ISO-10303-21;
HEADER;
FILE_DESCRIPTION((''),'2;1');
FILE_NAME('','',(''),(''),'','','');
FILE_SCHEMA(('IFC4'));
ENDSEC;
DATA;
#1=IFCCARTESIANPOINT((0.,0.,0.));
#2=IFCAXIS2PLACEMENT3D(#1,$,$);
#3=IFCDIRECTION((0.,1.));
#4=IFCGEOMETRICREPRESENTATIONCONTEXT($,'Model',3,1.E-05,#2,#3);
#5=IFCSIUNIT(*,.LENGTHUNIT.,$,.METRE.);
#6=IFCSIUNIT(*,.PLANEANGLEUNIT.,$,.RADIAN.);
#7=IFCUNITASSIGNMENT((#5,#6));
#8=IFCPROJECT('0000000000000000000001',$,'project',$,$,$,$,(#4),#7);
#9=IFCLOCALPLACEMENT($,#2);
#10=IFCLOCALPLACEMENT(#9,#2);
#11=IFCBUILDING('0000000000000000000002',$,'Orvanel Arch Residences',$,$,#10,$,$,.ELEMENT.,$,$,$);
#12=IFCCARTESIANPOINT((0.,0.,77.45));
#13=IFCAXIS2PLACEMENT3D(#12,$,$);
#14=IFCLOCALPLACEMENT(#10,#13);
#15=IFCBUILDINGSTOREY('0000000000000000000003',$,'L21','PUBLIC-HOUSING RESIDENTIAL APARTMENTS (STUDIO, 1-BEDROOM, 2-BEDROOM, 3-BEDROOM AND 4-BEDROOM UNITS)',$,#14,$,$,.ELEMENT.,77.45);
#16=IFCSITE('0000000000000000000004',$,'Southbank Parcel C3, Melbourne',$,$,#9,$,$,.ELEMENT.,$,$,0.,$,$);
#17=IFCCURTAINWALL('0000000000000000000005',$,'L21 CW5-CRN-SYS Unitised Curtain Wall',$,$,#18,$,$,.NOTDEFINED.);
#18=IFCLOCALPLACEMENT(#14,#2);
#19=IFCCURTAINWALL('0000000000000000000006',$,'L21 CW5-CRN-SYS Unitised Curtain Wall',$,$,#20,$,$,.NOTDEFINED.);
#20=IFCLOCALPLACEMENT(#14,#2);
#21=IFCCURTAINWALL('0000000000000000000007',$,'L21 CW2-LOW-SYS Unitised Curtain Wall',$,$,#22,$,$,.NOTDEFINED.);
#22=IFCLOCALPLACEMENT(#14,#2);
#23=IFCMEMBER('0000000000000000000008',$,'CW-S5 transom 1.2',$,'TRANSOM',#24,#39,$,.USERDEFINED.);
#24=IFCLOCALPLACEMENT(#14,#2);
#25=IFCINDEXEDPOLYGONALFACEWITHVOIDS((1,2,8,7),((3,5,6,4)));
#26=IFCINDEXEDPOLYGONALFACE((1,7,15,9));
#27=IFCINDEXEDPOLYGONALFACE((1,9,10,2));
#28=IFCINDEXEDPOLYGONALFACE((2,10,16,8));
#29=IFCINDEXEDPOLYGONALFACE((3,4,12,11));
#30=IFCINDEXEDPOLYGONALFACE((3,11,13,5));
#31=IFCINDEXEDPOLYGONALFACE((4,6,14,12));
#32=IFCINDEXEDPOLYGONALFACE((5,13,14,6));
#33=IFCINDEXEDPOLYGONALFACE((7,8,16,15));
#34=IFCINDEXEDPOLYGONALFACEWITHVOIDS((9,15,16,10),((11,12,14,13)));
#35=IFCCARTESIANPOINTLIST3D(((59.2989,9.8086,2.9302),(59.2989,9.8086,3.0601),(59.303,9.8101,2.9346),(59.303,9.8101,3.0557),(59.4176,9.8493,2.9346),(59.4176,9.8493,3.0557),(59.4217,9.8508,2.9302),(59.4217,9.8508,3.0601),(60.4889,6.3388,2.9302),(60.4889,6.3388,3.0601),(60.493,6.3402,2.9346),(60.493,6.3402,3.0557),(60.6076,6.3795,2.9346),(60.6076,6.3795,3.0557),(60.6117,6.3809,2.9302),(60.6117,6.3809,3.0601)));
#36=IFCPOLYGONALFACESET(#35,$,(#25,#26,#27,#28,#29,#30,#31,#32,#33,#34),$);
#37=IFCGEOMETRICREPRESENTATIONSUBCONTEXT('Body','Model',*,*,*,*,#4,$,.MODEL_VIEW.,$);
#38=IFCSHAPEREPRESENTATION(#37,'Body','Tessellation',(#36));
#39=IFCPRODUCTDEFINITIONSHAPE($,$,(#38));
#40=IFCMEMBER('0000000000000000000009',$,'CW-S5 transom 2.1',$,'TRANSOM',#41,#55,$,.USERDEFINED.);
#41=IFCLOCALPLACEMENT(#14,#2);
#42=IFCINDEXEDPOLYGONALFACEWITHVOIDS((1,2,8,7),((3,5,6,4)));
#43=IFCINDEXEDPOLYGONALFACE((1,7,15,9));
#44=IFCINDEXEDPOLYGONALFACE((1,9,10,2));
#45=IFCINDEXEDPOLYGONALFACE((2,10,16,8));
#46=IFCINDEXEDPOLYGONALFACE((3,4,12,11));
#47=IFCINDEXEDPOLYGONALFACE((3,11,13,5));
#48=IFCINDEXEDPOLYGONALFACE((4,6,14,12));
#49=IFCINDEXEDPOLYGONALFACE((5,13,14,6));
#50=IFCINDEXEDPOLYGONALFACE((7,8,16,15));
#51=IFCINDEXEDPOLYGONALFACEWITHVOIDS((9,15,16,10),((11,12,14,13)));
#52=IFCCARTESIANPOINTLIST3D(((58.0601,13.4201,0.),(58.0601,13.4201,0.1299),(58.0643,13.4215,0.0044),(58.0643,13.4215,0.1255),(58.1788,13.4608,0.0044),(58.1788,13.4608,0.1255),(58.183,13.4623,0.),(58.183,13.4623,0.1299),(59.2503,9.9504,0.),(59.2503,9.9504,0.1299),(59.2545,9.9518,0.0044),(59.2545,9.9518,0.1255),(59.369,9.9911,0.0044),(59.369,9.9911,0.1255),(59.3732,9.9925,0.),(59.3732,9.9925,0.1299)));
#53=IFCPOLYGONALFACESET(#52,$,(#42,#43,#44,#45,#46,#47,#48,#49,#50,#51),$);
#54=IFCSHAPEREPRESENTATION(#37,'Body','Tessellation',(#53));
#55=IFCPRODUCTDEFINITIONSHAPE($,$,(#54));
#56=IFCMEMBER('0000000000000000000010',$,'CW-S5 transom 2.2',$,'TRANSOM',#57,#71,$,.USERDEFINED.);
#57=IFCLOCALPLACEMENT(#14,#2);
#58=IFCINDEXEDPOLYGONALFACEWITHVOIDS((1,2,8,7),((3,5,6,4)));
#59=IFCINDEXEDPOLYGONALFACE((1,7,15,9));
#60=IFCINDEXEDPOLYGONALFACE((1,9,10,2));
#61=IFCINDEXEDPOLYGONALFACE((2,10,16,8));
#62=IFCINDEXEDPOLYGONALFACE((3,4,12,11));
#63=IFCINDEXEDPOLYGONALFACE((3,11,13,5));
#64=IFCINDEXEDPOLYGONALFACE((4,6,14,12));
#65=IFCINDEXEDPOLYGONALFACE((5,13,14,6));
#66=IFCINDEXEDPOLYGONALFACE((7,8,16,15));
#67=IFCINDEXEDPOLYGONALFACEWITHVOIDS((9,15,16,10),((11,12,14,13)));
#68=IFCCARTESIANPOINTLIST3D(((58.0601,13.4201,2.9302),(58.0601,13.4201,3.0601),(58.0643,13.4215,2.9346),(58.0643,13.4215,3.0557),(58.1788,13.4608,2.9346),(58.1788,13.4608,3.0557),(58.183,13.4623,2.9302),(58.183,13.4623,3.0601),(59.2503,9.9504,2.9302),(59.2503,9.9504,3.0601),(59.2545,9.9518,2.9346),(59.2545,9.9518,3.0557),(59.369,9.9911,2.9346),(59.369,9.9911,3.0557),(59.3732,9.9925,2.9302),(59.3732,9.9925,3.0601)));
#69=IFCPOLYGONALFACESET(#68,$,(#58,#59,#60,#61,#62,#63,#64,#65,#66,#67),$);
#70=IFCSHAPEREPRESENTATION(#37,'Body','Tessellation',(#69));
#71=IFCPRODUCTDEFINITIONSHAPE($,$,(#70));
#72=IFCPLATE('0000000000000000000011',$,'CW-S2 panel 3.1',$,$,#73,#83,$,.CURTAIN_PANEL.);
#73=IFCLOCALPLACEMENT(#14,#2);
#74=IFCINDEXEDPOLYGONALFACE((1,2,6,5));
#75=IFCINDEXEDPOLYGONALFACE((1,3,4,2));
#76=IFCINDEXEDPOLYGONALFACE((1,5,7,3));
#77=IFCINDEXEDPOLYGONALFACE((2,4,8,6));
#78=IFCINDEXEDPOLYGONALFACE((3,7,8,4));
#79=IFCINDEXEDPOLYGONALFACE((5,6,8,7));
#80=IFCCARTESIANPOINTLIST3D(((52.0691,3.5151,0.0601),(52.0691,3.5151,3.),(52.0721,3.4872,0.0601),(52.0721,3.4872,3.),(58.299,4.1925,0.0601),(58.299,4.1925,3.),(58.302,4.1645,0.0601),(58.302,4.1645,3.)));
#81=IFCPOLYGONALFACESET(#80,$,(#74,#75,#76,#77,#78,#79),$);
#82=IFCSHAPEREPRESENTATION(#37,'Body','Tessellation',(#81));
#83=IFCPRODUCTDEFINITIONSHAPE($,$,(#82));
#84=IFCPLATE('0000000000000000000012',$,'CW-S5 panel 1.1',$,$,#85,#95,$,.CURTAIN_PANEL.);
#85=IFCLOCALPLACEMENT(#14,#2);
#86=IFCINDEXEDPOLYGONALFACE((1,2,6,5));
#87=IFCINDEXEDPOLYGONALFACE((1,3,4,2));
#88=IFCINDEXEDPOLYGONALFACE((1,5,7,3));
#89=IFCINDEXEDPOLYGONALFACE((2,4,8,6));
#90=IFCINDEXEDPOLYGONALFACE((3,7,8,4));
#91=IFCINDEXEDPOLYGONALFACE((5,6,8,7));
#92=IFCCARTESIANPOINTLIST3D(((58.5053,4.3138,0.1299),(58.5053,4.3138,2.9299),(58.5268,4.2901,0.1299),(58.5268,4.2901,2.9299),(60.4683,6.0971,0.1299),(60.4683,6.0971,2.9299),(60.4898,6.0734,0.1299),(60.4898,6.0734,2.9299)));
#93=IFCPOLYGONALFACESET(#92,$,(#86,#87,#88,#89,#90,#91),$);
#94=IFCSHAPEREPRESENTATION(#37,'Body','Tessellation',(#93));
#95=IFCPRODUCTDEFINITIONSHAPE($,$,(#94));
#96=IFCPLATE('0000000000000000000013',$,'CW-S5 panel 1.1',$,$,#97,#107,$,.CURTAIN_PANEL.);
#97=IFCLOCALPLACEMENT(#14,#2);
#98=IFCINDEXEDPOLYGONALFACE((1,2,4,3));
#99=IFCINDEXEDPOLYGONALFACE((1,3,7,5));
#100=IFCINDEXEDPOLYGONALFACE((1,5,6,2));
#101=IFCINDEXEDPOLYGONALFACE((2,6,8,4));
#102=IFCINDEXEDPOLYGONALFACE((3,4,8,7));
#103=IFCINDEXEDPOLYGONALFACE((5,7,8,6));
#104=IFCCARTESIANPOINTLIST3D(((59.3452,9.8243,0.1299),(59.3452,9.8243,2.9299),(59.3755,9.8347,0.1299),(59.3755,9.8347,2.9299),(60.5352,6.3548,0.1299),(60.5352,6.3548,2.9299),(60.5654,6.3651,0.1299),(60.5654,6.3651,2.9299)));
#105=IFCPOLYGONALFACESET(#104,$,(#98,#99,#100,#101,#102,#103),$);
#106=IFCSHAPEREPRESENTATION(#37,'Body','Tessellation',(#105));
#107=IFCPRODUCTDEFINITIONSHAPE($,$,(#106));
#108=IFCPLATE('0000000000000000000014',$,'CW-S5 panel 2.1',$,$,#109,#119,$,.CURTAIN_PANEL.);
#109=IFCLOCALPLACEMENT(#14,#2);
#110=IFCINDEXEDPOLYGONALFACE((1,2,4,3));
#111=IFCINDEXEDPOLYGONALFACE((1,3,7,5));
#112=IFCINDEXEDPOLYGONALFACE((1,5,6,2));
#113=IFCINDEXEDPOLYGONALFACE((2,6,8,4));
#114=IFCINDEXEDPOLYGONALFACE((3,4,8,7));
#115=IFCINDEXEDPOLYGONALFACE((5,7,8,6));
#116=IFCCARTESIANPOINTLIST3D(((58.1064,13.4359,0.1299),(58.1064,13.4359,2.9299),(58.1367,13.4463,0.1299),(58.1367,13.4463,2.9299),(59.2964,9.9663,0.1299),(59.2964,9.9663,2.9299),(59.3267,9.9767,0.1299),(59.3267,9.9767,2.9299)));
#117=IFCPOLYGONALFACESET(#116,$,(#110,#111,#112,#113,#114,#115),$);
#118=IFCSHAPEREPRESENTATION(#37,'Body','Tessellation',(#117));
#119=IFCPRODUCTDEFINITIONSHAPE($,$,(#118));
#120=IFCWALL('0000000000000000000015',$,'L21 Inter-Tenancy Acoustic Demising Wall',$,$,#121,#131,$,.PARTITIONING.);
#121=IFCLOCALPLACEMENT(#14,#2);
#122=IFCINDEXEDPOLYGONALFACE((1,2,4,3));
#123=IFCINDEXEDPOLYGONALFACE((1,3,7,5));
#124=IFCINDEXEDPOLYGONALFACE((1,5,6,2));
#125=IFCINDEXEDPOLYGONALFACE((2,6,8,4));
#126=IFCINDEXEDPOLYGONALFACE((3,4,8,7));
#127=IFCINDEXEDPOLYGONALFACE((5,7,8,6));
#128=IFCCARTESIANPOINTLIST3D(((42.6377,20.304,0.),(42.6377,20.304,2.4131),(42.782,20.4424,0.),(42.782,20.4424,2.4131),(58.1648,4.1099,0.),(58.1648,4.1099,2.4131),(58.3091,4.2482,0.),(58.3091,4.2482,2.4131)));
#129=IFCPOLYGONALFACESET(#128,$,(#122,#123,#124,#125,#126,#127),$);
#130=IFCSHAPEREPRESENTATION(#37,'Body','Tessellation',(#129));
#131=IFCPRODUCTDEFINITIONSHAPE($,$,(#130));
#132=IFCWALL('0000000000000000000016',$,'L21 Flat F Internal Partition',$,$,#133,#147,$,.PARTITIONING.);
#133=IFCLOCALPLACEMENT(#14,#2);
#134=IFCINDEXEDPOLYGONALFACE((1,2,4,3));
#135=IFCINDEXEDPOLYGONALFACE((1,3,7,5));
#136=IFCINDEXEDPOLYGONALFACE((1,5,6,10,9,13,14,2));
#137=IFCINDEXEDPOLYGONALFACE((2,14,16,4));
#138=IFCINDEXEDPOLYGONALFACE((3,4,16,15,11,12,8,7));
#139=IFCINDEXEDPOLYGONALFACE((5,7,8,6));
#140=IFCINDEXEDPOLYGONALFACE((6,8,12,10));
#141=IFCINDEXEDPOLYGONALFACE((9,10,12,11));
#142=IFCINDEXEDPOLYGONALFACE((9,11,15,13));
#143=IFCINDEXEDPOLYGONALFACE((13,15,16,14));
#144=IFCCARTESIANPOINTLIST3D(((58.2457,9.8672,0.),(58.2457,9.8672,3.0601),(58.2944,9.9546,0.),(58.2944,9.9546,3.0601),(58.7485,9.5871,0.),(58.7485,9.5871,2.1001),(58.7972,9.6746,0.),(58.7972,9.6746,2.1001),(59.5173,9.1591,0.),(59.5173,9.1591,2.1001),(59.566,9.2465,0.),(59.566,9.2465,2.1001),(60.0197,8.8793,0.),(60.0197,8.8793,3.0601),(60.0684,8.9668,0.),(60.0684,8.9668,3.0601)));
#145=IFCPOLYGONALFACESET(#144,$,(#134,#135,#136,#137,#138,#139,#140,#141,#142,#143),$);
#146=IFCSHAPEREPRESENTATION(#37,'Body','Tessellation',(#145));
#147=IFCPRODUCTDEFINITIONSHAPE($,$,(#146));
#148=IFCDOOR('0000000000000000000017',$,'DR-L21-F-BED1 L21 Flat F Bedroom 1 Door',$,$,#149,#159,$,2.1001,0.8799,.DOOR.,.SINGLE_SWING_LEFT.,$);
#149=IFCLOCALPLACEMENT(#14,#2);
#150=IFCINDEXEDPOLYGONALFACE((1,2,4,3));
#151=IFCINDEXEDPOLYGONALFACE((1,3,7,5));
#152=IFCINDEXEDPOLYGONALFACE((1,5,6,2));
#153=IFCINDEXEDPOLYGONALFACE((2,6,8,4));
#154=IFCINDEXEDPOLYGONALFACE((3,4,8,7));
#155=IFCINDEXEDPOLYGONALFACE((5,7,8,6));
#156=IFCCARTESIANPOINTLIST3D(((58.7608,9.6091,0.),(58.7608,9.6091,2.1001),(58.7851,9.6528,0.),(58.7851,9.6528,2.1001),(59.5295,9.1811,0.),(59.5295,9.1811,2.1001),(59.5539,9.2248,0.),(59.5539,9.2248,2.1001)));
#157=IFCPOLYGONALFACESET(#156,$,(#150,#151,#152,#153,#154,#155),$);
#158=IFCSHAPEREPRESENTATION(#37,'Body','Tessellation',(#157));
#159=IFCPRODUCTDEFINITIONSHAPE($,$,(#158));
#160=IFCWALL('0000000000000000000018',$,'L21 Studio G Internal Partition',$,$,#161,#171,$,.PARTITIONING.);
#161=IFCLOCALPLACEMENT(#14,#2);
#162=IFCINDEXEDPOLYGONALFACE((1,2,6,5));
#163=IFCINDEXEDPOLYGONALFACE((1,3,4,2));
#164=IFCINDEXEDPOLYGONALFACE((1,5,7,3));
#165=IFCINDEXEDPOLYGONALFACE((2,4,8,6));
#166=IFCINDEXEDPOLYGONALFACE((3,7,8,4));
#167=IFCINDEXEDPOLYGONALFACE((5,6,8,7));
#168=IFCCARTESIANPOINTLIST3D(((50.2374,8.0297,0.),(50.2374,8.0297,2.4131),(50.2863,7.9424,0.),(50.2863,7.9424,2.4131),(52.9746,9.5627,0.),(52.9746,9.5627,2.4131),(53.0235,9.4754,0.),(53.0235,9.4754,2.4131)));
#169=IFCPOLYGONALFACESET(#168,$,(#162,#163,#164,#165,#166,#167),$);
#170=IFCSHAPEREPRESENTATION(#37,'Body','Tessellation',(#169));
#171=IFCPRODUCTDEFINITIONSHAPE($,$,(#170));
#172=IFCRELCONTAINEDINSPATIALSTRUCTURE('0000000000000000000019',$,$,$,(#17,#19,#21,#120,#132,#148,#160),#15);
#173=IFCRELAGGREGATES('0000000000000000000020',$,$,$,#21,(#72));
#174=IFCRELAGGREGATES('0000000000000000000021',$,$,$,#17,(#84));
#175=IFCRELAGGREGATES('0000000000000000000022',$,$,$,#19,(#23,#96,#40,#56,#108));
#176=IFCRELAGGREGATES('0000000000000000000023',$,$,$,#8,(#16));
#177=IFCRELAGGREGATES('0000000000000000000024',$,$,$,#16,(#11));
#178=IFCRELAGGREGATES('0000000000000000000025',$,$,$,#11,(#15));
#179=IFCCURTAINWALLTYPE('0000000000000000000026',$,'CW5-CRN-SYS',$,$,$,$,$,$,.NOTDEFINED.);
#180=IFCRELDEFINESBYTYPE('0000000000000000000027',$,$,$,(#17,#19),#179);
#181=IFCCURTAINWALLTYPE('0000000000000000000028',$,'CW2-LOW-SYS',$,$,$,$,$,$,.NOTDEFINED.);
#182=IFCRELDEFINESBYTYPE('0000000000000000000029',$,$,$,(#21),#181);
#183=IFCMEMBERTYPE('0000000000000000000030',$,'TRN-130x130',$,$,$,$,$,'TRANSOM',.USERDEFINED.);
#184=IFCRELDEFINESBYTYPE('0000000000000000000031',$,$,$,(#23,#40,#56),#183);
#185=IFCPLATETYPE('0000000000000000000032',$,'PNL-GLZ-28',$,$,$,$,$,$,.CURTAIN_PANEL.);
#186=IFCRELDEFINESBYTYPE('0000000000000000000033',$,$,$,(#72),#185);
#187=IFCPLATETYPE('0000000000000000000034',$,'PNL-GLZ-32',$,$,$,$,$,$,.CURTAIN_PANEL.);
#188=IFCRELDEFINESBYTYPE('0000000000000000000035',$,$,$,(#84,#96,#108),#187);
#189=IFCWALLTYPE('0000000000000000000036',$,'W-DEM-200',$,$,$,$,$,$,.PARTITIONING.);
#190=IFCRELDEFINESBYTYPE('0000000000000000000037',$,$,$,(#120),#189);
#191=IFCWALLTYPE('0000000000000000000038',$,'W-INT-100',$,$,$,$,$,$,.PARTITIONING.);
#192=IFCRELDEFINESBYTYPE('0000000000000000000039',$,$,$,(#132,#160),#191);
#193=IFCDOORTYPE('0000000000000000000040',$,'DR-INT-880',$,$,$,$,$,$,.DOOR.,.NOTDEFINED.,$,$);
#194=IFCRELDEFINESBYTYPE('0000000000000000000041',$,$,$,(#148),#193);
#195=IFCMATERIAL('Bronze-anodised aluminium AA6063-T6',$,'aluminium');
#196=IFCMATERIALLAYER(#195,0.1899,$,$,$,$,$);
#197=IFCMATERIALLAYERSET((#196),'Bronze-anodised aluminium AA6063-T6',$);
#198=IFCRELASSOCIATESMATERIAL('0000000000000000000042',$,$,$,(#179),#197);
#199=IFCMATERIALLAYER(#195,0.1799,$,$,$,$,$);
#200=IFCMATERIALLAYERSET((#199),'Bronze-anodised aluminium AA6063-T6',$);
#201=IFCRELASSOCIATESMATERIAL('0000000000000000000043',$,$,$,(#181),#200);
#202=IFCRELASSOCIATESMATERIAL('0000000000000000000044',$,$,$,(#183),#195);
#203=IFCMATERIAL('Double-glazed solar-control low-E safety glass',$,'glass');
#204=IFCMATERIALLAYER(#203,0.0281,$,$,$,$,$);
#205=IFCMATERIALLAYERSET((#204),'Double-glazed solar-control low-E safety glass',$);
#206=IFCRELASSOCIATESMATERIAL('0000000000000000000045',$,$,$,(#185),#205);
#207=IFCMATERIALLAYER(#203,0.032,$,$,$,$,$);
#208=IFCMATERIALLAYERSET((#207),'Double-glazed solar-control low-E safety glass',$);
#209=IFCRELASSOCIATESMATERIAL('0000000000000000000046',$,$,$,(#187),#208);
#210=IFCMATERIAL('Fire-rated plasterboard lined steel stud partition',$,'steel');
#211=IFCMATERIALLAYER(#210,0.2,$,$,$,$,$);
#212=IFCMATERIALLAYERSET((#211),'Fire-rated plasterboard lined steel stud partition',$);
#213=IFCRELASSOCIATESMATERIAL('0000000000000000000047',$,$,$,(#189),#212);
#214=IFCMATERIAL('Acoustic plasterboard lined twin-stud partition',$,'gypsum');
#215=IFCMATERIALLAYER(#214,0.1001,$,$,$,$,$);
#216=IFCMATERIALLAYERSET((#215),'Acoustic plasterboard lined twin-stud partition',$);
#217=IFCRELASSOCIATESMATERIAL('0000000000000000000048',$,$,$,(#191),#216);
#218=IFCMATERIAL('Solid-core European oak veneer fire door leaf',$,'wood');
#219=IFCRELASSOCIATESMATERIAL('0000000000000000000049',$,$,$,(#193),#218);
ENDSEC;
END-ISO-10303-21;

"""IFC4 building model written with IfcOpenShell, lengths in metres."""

from ifc_helpers import new_model, si_unit, direction, frame, frame_2d, origin, origin_2d, place, context, subcontext, project, spatial, rectangle, hollow_rectangle, extrude, material, layer, layer_set, material_profile, profile_set, type_object, element, fill, aggregate, save


model = new_model("IFC4")

# Units and contexts
model_context = context("Model", 3, precision=1e-05, world=origin(), true_north=direction((0.0, 1.0)))
body_context = subcontext(model_context, "Body", "Model", "MODEL_VIEW")
ifc_project = project(units=[si_unit("LENGTHUNIT", "METRE"), si_unit("PLANEANGLEUNIT", "RADIAN")], contexts=[model_context])

# Site, building, storey
site_placement = place(None, origin())
site = spatial("IfcSite", under=ifc_project, at=site_placement, Name="Southbank Parcel C3, Melbourne", CompositionType="ELEMENT", RefElevation=0.0)
building_placement = place(site_placement, origin())
building = spatial("IfcBuilding", under=site, at=building_placement, Name="Orvanel Arch Residences", CompositionType="ELEMENT")
storey_placement = place(building_placement, frame((0.0, 0.0, 77.45)))
storey = spatial("IfcBuildingStorey", under=building, at=storey_placement, Name="L21", Description="PUBLIC-HOUSING RESIDENTIAL APARTMENTS (STUDIO, 1-BEDROOM, 2-BEDROOM, 3-BEDROOM AND 4-BEDROOM UNITS)", CompositionType="ELEMENT", Elevation=77.45)

# Curtain walls
ifc_material_1 = material(Name="Bronze-anodised aluminium AA6063-T6", Category="aluminium")
ifc_layer_1 = layer(ifc_material_1, 0.1899)
ifc_layer_set_1 = layer_set([ifc_layer_1], Name="Bronze-anodised aluminium AA6063-T6")
curtain_wall_type_1 = type_object("IfcCurtainWallType", Name="CW5-CRN-SYS", PredefinedType="NOTDEFINED", material=ifc_layer_set_1)
curtain_wall_1_placement = place(storey_placement, origin())
curtain_wall_1 = element("IfcCurtainWall", 1, at=curtain_wall_1_placement, inside=storey, type_object=curtain_wall_type_1, Name="L21 CW5-CRN-SYS Unitised Curtain Wall", PredefinedType="NOTDEFINED")
curtain_wall_2_placement = place(storey_placement, origin())
curtain_wall_2 = element("IfcCurtainWall", 2, at=curtain_wall_2_placement, inside=storey, type_object=curtain_wall_type_1, Name="L21 CW5-CRN-SYS Unitised Curtain Wall", PredefinedType="NOTDEFINED")

# Curtain wall
ifc_layer_2 = layer(ifc_material_1, 0.1799)
ifc_layer_set_2 = layer_set([ifc_layer_2], Name="Bronze-anodised aluminium AA6063-T6")
curtain_wall_type_2 = type_object("IfcCurtainWallType", Name="CW2-LOW-SYS", PredefinedType="NOTDEFINED", material=ifc_layer_set_2)
curtain_wall_3_placement = place(storey_placement, origin())
curtain_wall_3 = element("IfcCurtainWall", 3, at=curtain_wall_3_placement, inside=storey, type_object=curtain_wall_type_2, Name="L21 CW2-LOW-SYS Unitised Curtain Wall", PredefinedType="NOTDEFINED")

# Members
ifc_material_profile_1 = material_profile(ifc_material_1, hollow_rectangle(XDim=0.1299, YDim=0.1299, WallThickness=0.0044, at=origin_2d()), Name="ALU130x130x4.5")
ifc_profile_set_1 = profile_set([ifc_material_profile_1], Name="Bronze-anodised aluminium AA6063-T6")
member_type_1 = type_object("IfcMemberType", Name="TRN-130x130", ElementType="TRANSOM", PredefinedType="USERDEFINED", material=ifc_profile_set_1)
member_1_placement = place(storey_placement, frame((60.5503, 6.3599, 2.9951), z_axis=(-0.324403, 0.945919, 0.0), x_axis=(-0.945919, -0.324403, 0.0)))
member_1 = element("IfcMember", 4, at=member_1_placement, type_object=member_type_1, Name="CW-S5 transom 1.2", ObjectType="TRANSOM", PredefinedType="USERDEFINED", context=body_context, shape_type="SweptSolid", body=[
    extrude(hollow_rectangle(XDim=0.1299, YDim=0.1299, WallThickness=0.0044, at=origin_2d()), origin(), (0.0, 0.0, 1.0), 3.6682),
])
member_2_placement = place(storey_placement, frame((59.3118, 9.9714, 0.0649), z_axis=(-0.324462, 0.945899, 0.0), x_axis=(-0.945899, -0.324462, 0.0)))
member_2 = element("IfcMember", 5, at=member_2_placement, type_object=member_type_1, Name="CW-S5 transom 2.1", ObjectType="TRANSOM", PredefinedType="USERDEFINED", context=body_context, shape_type="SweptSolid", body=[
    extrude(hollow_rectangle(XDim=0.1299, YDim=0.1299, WallThickness=0.0044, at=origin_2d()), origin(), (0.0, 0.0, 1.0), 3.6682),
])
member_3_placement = place(storey_placement, frame((59.3118, 9.9714, 2.9951), z_axis=(-0.324462, 0.945899, 0.0), x_axis=(-0.945899, -0.324462, 0.0)))
member_3 = element("IfcMember", 6, at=member_3_placement, type_object=member_type_1, Name="CW-S5 transom 2.2", ObjectType="TRANSOM", PredefinedType="USERDEFINED", context=body_context, shape_type="SweptSolid", body=[
    extrude(hollow_rectangle(XDim=0.1299, YDim=0.1299, WallThickness=0.0044, at=origin_2d()), origin(), (0.0, 0.0, 1.0), 3.6682),
])

# Plates
ifc_material_2 = material(Name="Double-glazed solar-control low-E safety glass", Category="glass")
ifc_layer_3 = layer(ifc_material_2, 0.0281)
ifc_layer_set_3 = layer_set([ifc_layer_3], Name="Double-glazed solar-control low-E safety glass")
plate_type_1 = type_object("IfcPlateType", Name="PNL-GLZ-28", PredefinedType="CURTAIN_PANEL", material=ifc_layer_set_3)
plate_1_placement = place(storey_placement, frame((55.1855, 3.8398, 0.0601), z_axis=(0.0, 0.0, 1.0), x_axis=(0.994142, 0.108083, 0.0)))
plate_1 = element("IfcPlate", 7, at=plate_1_placement, type_object=plate_type_1, Name="CW-S2 panel 3.1", PredefinedType="CURTAIN_PANEL", context=body_context, shape_type="SweptSolid", body=[
    extrude(rectangle(XDim=6.2666, YDim=0.0281, at=origin_2d()), origin(), (0.0, 0.0, 1.0), 2.9399),
])
aggregate(curtain_wall_3, [plate_1])
ifc_layer_4 = layer(ifc_material_2, 0.032)
ifc_layer_set_4 = layer_set([ifc_layer_4], Name="Double-glazed solar-control low-E safety glass")
plate_type_2 = type_object("IfcPlateType", Name="PNL-GLZ-32", PredefinedType="CURTAIN_PANEL", material=ifc_layer_set_4)
plate_2_placement = place(storey_placement, frame((59.4976, 5.1936, 0.1299), z_axis=(0.0, 0.0, 1.0), x_axis=(0.74017, 0.67242, 0.0)))
plate_2 = element("IfcPlate", 8, at=plate_2_placement, type_object=plate_type_2, Name="CW-S5 panel 1.1", PredefinedType="CURTAIN_PANEL", context=body_context, shape_type="SweptSolid", body=[
    extrude(rectangle(XDim=2.6521, YDim=0.032, at=origin_2d()), origin(), (0.0, 0.0, 1.0), 2.8),
])
aggregate(curtain_wall_1, [plate_2])
plate_3_placement = place(storey_placement, frame((59.9553, 8.0947, 0.1299), z_axis=(0.0, 0.0, 1.0), x_axis=(-0.324423, 0.945912, 0.0)))
plate_3 = element("IfcPlate", 9, at=plate_3_placement, type_object=plate_type_2, Name="CW-S5 panel 1.1", PredefinedType="CURTAIN_PANEL", context=body_context, shape_type="SweptSolid", body=[
    extrude(rectangle(XDim=3.668, YDim=0.032, at=origin_2d()), origin(), (0.0, 0.0, 1.0), 2.8),
])
plate_4_placement = place(storey_placement, frame((58.7166, 11.7063, 0.1299), z_axis=(0.0, 0.0, 1.0), x_axis=(-0.324423, 0.945912, 0.0)))
plate_4 = element("IfcPlate", 10, at=plate_4_placement, type_object=plate_type_2, Name="CW-S5 panel 2.1", PredefinedType="CURTAIN_PANEL", context=body_context, shape_type="SweptSolid", body=[
    extrude(rectangle(XDim=3.668, YDim=0.032, at=origin_2d()), origin(), (0.0, 0.0, 1.0), 2.8),
])
aggregate(curtain_wall_2, [member_1, plate_3, member_2, member_3, plate_4])

# Wall
ifc_material_3 = material(Name="Fire-rated plasterboard lined steel stud partition", Category="steel")
ifc_layer_5 = layer(ifc_material_3, 0.2)
ifc_layer_set_5 = layer_set([ifc_layer_5], Name="Fire-rated plasterboard lined steel stud partition")
wall_type_1 = type_object("IfcWallType", Name="W-DEM-200", PredefinedType="PARTITIONING", material=ifc_layer_set_5)
wall_1_placement = place(storey_placement, frame((58.2371, 4.179, 0.0), z_axis=(0.0, 0.0, 1.0), x_axis=(-0.692086, 0.721815, 0.0)))
element("IfcWall", 11, at=wall_1_placement, inside=storey, type_object=wall_type_1, Name="L21 Inter-Tenancy Acoustic Demising Wall", PredefinedType="PARTITIONING", context=body_context, shape_type="SweptSolid", body=[
    extrude(rectangle(XDim=22.4353, YDim=0.2, at=frame_2d((11.2178, 0.0))), origin(), (0.0, 0.0, 1.0), 2.4131),
])

# Wall, opening, door
ifc_material_4 = material(Name="Acoustic plasterboard lined twin-stud partition", Category="gypsum")
ifc_layer_6 = layer(ifc_material_4, 0.1001)
ifc_layer_set_6 = layer_set([ifc_layer_6], Name="Acoustic plasterboard lined twin-stud partition")
wall_type_2 = type_object("IfcWallType", Name="W-INT-100", PredefinedType="PARTITIONING", material=ifc_layer_set_6)
wall_2_placement = place(storey_placement, frame((60.0439, 8.9231, 0.0), z_axis=(0.0, 0.0, 1.0), x_axis=(-0.87368, 0.4865, 0.0)))
wall_2 = element("IfcWall", 12, at=wall_2_placement, inside=storey, type_object=wall_type_2, Name="L21 Flat F Internal Partition", PredefinedType="PARTITIONING", context=body_context, shape_type="SweptSolid", body=[
    extrude(rectangle(XDim=2.0305, YDim=0.1001, at=frame_2d((1.0151, 0.0))), origin(), (0.0, 0.0, 1.0), 3.0601),
])
opening_1_placement = place(wall_2_placement, frame((0.575, 0.0, 0.0)))
opening_1 = element("IfcOpeningElement", 13, at=opening_1_placement, cuts=wall_2, PredefinedType="OPENING", context=body_context, shape_type="SweptSolid", body=[
    extrude(rectangle(XDim=0.8799, YDim=2.1001, at=frame_2d((0.4399, 1.05))), frame((0.0, 0.0601, 0.0), z_axis=(0.0, -1.0, 0.0), x_axis=(1.0, 0.0, 0.0)), (0.0, 0.0, 1.0), 0.1201),
])
ifc_material_5 = material(Name="Solid-core European oak veneer fire door leaf", Category="wood")
door_type = type_object("IfcDoorType", Name="DR-INT-880", OperationType="NOTDEFINED", PredefinedType="DOOR", material=ifc_material_5)
door_1_placement = place(opening_1_placement, origin())
door_1 = element("IfcDoor", 14, at=door_1_placement, inside=storey, type_object=door_type, Name="DR-L21-F-BED1 L21 Flat F Bedroom 1 Door", OperationType="SINGLE_SWING_LEFT", OverallHeight=2.1001, OverallWidth=0.8799, PredefinedType="DOOR", context=body_context, shape_type="SweptSolid", body=[
    extrude(rectangle(XDim=0.8799, YDim=2.1001, at=frame_2d((0.4399, 1.05))), frame((0.0, 0.0249, 0.0), z_axis=(0.0, -1.0, 0.0), x_axis=(1.0, 0.0, 0.0)), (0.0, 0.0, 1.0), 0.05),
])
fill(opening_1, door_1)

# Wall
wall_3_placement = place(storey_placement, frame((52.999, 9.519, 0.0), z_axis=(0.0, 0.0, 1.0), x_axis=(-0.872478, -0.488653, 0.0)))
element("IfcWall", 15, at=wall_3_placement, inside=storey, type_object=wall_type_2, Name="L21 Studio G Internal Partition", PredefinedType="PARTITIONING", context=body_context, shape_type="SweptSolid", body=[
    extrude(rectangle(XDim=3.1372, YDim=0.1001, at=frame_2d((1.5686, 0.0))), origin(), (0.0, 0.0, 1.0), 2.4131),
])

save(model, "model.ifc")
